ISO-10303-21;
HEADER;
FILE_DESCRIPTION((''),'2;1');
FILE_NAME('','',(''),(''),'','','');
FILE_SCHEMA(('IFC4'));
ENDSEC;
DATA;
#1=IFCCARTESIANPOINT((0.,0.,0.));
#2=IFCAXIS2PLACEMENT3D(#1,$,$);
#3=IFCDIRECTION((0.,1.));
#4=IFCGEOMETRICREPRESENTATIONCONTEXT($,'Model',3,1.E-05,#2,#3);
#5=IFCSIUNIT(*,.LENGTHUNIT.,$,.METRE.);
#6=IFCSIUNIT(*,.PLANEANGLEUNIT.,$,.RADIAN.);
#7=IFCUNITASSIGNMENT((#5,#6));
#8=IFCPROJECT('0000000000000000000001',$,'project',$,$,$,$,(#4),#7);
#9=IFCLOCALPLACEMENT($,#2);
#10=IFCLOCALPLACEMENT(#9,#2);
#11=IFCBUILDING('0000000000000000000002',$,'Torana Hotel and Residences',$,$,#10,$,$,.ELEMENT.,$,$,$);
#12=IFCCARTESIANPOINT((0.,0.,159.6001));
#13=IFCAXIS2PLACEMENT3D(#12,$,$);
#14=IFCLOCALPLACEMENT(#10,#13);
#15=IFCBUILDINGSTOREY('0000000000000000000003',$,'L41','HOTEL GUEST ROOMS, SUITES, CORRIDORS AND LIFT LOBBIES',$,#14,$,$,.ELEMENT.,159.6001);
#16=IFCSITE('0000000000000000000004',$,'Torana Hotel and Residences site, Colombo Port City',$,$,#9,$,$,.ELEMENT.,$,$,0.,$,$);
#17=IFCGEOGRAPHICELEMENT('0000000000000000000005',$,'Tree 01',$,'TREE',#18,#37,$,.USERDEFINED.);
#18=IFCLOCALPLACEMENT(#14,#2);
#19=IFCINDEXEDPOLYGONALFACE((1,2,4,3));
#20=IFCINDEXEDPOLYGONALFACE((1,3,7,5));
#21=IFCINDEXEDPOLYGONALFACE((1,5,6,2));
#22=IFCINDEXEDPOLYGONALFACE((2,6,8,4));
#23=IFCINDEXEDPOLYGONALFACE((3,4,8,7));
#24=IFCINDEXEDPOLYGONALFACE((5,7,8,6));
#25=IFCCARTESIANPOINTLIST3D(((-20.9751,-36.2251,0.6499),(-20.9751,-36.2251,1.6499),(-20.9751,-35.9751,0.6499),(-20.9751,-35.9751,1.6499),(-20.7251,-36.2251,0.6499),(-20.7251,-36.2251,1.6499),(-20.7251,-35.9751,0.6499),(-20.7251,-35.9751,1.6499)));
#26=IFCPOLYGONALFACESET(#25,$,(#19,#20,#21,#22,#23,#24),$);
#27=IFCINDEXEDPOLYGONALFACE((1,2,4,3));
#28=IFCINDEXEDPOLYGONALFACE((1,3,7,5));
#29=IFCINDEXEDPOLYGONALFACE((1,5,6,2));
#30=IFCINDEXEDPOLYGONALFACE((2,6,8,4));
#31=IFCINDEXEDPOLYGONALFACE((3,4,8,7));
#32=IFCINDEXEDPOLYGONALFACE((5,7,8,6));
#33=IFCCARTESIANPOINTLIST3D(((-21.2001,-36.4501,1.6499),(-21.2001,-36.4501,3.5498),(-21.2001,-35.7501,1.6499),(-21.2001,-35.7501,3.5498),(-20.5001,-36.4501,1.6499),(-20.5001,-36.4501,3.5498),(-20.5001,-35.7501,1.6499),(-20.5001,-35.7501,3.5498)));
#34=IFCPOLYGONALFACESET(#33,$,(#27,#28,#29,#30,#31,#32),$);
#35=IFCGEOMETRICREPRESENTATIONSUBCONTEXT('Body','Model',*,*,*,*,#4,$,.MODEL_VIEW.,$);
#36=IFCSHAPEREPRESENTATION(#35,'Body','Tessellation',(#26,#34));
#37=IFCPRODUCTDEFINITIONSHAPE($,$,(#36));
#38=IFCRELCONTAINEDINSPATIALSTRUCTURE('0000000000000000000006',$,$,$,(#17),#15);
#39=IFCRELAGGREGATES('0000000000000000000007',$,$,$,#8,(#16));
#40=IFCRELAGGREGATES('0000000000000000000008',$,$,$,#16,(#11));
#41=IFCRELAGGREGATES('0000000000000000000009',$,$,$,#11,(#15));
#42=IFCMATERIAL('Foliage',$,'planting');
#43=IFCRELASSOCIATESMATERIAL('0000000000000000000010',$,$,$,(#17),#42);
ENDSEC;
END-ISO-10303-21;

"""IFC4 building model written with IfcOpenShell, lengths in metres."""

from ifc_helpers import new_model, si_unit, direction, frame, origin, origin_2d, place, context, subcontext, project, spatial, rectangle, extrude, material, element, save


model = new_model("IFC4")

# Units and contexts
model_context = context("Model", 3, precision=1e-05, world=origin(), true_north=direction((0.0, 1.0)))
body_context = subcontext(model_context, "Body", "Model", "MODEL_VIEW")
ifc_project = project(units=[si_unit("LENGTHUNIT", "METRE"), si_unit("PLANEANGLEUNIT", "RADIAN")], contexts=[model_context])

# Site, building, storey
site_placement = place(None, origin())
site = spatial("IfcSite", under=ifc_project, at=site_placement, Name="Torana Hotel and Residences site, Colombo Port City", CompositionType="ELEMENT", RefElevation=0.0)
building_placement = place(site_placement, origin())
building = spatial("IfcBuilding", under=site, at=building_placement, Name="Torana Hotel and Residences", CompositionType="ELEMENT")
storey_placement = place(building_placement, frame((0.0, 0.0, 159.6001)))
storey = spatial("IfcBuildingStorey", under=building, at=storey_placement, Name="L41", Description="HOTEL GUEST ROOMS, SUITES, CORRIDORS AND LIFT LOBBIES", CompositionType="ELEMENT", Elevation=159.6001)

# Geographic element
ifc_material_1 = material(Name="Foliage", Category="planting")
geographic_element_placement = place(storey_placement, frame((-20.8501, -36.1001, 0.6499), z_axis=(0.0, 0.0, 1.0), x_axis=(1.0, 0.0, 0.0)))
element("IfcGeographicElement", 1, at=geographic_element_placement, inside=storey, material=ifc_material_1, Name="Tree 01", ObjectType="TREE", PredefinedType="USERDEFINED", context=body_context, shape_type="SweptSolid", body=[
    extrude(rectangle(XDim=0.25, YDim=0.25, at=origin_2d()), origin(), (0.0, 0.0, 1.0), 1.0),
    extrude(rectangle(XDim=0.7, YDim=0.7, at=origin_2d()), frame((0.0, 0.0, 1.0)), (0.0, 0.0, 1.0), 1.8999),
])

save(model, "model.ifc")
